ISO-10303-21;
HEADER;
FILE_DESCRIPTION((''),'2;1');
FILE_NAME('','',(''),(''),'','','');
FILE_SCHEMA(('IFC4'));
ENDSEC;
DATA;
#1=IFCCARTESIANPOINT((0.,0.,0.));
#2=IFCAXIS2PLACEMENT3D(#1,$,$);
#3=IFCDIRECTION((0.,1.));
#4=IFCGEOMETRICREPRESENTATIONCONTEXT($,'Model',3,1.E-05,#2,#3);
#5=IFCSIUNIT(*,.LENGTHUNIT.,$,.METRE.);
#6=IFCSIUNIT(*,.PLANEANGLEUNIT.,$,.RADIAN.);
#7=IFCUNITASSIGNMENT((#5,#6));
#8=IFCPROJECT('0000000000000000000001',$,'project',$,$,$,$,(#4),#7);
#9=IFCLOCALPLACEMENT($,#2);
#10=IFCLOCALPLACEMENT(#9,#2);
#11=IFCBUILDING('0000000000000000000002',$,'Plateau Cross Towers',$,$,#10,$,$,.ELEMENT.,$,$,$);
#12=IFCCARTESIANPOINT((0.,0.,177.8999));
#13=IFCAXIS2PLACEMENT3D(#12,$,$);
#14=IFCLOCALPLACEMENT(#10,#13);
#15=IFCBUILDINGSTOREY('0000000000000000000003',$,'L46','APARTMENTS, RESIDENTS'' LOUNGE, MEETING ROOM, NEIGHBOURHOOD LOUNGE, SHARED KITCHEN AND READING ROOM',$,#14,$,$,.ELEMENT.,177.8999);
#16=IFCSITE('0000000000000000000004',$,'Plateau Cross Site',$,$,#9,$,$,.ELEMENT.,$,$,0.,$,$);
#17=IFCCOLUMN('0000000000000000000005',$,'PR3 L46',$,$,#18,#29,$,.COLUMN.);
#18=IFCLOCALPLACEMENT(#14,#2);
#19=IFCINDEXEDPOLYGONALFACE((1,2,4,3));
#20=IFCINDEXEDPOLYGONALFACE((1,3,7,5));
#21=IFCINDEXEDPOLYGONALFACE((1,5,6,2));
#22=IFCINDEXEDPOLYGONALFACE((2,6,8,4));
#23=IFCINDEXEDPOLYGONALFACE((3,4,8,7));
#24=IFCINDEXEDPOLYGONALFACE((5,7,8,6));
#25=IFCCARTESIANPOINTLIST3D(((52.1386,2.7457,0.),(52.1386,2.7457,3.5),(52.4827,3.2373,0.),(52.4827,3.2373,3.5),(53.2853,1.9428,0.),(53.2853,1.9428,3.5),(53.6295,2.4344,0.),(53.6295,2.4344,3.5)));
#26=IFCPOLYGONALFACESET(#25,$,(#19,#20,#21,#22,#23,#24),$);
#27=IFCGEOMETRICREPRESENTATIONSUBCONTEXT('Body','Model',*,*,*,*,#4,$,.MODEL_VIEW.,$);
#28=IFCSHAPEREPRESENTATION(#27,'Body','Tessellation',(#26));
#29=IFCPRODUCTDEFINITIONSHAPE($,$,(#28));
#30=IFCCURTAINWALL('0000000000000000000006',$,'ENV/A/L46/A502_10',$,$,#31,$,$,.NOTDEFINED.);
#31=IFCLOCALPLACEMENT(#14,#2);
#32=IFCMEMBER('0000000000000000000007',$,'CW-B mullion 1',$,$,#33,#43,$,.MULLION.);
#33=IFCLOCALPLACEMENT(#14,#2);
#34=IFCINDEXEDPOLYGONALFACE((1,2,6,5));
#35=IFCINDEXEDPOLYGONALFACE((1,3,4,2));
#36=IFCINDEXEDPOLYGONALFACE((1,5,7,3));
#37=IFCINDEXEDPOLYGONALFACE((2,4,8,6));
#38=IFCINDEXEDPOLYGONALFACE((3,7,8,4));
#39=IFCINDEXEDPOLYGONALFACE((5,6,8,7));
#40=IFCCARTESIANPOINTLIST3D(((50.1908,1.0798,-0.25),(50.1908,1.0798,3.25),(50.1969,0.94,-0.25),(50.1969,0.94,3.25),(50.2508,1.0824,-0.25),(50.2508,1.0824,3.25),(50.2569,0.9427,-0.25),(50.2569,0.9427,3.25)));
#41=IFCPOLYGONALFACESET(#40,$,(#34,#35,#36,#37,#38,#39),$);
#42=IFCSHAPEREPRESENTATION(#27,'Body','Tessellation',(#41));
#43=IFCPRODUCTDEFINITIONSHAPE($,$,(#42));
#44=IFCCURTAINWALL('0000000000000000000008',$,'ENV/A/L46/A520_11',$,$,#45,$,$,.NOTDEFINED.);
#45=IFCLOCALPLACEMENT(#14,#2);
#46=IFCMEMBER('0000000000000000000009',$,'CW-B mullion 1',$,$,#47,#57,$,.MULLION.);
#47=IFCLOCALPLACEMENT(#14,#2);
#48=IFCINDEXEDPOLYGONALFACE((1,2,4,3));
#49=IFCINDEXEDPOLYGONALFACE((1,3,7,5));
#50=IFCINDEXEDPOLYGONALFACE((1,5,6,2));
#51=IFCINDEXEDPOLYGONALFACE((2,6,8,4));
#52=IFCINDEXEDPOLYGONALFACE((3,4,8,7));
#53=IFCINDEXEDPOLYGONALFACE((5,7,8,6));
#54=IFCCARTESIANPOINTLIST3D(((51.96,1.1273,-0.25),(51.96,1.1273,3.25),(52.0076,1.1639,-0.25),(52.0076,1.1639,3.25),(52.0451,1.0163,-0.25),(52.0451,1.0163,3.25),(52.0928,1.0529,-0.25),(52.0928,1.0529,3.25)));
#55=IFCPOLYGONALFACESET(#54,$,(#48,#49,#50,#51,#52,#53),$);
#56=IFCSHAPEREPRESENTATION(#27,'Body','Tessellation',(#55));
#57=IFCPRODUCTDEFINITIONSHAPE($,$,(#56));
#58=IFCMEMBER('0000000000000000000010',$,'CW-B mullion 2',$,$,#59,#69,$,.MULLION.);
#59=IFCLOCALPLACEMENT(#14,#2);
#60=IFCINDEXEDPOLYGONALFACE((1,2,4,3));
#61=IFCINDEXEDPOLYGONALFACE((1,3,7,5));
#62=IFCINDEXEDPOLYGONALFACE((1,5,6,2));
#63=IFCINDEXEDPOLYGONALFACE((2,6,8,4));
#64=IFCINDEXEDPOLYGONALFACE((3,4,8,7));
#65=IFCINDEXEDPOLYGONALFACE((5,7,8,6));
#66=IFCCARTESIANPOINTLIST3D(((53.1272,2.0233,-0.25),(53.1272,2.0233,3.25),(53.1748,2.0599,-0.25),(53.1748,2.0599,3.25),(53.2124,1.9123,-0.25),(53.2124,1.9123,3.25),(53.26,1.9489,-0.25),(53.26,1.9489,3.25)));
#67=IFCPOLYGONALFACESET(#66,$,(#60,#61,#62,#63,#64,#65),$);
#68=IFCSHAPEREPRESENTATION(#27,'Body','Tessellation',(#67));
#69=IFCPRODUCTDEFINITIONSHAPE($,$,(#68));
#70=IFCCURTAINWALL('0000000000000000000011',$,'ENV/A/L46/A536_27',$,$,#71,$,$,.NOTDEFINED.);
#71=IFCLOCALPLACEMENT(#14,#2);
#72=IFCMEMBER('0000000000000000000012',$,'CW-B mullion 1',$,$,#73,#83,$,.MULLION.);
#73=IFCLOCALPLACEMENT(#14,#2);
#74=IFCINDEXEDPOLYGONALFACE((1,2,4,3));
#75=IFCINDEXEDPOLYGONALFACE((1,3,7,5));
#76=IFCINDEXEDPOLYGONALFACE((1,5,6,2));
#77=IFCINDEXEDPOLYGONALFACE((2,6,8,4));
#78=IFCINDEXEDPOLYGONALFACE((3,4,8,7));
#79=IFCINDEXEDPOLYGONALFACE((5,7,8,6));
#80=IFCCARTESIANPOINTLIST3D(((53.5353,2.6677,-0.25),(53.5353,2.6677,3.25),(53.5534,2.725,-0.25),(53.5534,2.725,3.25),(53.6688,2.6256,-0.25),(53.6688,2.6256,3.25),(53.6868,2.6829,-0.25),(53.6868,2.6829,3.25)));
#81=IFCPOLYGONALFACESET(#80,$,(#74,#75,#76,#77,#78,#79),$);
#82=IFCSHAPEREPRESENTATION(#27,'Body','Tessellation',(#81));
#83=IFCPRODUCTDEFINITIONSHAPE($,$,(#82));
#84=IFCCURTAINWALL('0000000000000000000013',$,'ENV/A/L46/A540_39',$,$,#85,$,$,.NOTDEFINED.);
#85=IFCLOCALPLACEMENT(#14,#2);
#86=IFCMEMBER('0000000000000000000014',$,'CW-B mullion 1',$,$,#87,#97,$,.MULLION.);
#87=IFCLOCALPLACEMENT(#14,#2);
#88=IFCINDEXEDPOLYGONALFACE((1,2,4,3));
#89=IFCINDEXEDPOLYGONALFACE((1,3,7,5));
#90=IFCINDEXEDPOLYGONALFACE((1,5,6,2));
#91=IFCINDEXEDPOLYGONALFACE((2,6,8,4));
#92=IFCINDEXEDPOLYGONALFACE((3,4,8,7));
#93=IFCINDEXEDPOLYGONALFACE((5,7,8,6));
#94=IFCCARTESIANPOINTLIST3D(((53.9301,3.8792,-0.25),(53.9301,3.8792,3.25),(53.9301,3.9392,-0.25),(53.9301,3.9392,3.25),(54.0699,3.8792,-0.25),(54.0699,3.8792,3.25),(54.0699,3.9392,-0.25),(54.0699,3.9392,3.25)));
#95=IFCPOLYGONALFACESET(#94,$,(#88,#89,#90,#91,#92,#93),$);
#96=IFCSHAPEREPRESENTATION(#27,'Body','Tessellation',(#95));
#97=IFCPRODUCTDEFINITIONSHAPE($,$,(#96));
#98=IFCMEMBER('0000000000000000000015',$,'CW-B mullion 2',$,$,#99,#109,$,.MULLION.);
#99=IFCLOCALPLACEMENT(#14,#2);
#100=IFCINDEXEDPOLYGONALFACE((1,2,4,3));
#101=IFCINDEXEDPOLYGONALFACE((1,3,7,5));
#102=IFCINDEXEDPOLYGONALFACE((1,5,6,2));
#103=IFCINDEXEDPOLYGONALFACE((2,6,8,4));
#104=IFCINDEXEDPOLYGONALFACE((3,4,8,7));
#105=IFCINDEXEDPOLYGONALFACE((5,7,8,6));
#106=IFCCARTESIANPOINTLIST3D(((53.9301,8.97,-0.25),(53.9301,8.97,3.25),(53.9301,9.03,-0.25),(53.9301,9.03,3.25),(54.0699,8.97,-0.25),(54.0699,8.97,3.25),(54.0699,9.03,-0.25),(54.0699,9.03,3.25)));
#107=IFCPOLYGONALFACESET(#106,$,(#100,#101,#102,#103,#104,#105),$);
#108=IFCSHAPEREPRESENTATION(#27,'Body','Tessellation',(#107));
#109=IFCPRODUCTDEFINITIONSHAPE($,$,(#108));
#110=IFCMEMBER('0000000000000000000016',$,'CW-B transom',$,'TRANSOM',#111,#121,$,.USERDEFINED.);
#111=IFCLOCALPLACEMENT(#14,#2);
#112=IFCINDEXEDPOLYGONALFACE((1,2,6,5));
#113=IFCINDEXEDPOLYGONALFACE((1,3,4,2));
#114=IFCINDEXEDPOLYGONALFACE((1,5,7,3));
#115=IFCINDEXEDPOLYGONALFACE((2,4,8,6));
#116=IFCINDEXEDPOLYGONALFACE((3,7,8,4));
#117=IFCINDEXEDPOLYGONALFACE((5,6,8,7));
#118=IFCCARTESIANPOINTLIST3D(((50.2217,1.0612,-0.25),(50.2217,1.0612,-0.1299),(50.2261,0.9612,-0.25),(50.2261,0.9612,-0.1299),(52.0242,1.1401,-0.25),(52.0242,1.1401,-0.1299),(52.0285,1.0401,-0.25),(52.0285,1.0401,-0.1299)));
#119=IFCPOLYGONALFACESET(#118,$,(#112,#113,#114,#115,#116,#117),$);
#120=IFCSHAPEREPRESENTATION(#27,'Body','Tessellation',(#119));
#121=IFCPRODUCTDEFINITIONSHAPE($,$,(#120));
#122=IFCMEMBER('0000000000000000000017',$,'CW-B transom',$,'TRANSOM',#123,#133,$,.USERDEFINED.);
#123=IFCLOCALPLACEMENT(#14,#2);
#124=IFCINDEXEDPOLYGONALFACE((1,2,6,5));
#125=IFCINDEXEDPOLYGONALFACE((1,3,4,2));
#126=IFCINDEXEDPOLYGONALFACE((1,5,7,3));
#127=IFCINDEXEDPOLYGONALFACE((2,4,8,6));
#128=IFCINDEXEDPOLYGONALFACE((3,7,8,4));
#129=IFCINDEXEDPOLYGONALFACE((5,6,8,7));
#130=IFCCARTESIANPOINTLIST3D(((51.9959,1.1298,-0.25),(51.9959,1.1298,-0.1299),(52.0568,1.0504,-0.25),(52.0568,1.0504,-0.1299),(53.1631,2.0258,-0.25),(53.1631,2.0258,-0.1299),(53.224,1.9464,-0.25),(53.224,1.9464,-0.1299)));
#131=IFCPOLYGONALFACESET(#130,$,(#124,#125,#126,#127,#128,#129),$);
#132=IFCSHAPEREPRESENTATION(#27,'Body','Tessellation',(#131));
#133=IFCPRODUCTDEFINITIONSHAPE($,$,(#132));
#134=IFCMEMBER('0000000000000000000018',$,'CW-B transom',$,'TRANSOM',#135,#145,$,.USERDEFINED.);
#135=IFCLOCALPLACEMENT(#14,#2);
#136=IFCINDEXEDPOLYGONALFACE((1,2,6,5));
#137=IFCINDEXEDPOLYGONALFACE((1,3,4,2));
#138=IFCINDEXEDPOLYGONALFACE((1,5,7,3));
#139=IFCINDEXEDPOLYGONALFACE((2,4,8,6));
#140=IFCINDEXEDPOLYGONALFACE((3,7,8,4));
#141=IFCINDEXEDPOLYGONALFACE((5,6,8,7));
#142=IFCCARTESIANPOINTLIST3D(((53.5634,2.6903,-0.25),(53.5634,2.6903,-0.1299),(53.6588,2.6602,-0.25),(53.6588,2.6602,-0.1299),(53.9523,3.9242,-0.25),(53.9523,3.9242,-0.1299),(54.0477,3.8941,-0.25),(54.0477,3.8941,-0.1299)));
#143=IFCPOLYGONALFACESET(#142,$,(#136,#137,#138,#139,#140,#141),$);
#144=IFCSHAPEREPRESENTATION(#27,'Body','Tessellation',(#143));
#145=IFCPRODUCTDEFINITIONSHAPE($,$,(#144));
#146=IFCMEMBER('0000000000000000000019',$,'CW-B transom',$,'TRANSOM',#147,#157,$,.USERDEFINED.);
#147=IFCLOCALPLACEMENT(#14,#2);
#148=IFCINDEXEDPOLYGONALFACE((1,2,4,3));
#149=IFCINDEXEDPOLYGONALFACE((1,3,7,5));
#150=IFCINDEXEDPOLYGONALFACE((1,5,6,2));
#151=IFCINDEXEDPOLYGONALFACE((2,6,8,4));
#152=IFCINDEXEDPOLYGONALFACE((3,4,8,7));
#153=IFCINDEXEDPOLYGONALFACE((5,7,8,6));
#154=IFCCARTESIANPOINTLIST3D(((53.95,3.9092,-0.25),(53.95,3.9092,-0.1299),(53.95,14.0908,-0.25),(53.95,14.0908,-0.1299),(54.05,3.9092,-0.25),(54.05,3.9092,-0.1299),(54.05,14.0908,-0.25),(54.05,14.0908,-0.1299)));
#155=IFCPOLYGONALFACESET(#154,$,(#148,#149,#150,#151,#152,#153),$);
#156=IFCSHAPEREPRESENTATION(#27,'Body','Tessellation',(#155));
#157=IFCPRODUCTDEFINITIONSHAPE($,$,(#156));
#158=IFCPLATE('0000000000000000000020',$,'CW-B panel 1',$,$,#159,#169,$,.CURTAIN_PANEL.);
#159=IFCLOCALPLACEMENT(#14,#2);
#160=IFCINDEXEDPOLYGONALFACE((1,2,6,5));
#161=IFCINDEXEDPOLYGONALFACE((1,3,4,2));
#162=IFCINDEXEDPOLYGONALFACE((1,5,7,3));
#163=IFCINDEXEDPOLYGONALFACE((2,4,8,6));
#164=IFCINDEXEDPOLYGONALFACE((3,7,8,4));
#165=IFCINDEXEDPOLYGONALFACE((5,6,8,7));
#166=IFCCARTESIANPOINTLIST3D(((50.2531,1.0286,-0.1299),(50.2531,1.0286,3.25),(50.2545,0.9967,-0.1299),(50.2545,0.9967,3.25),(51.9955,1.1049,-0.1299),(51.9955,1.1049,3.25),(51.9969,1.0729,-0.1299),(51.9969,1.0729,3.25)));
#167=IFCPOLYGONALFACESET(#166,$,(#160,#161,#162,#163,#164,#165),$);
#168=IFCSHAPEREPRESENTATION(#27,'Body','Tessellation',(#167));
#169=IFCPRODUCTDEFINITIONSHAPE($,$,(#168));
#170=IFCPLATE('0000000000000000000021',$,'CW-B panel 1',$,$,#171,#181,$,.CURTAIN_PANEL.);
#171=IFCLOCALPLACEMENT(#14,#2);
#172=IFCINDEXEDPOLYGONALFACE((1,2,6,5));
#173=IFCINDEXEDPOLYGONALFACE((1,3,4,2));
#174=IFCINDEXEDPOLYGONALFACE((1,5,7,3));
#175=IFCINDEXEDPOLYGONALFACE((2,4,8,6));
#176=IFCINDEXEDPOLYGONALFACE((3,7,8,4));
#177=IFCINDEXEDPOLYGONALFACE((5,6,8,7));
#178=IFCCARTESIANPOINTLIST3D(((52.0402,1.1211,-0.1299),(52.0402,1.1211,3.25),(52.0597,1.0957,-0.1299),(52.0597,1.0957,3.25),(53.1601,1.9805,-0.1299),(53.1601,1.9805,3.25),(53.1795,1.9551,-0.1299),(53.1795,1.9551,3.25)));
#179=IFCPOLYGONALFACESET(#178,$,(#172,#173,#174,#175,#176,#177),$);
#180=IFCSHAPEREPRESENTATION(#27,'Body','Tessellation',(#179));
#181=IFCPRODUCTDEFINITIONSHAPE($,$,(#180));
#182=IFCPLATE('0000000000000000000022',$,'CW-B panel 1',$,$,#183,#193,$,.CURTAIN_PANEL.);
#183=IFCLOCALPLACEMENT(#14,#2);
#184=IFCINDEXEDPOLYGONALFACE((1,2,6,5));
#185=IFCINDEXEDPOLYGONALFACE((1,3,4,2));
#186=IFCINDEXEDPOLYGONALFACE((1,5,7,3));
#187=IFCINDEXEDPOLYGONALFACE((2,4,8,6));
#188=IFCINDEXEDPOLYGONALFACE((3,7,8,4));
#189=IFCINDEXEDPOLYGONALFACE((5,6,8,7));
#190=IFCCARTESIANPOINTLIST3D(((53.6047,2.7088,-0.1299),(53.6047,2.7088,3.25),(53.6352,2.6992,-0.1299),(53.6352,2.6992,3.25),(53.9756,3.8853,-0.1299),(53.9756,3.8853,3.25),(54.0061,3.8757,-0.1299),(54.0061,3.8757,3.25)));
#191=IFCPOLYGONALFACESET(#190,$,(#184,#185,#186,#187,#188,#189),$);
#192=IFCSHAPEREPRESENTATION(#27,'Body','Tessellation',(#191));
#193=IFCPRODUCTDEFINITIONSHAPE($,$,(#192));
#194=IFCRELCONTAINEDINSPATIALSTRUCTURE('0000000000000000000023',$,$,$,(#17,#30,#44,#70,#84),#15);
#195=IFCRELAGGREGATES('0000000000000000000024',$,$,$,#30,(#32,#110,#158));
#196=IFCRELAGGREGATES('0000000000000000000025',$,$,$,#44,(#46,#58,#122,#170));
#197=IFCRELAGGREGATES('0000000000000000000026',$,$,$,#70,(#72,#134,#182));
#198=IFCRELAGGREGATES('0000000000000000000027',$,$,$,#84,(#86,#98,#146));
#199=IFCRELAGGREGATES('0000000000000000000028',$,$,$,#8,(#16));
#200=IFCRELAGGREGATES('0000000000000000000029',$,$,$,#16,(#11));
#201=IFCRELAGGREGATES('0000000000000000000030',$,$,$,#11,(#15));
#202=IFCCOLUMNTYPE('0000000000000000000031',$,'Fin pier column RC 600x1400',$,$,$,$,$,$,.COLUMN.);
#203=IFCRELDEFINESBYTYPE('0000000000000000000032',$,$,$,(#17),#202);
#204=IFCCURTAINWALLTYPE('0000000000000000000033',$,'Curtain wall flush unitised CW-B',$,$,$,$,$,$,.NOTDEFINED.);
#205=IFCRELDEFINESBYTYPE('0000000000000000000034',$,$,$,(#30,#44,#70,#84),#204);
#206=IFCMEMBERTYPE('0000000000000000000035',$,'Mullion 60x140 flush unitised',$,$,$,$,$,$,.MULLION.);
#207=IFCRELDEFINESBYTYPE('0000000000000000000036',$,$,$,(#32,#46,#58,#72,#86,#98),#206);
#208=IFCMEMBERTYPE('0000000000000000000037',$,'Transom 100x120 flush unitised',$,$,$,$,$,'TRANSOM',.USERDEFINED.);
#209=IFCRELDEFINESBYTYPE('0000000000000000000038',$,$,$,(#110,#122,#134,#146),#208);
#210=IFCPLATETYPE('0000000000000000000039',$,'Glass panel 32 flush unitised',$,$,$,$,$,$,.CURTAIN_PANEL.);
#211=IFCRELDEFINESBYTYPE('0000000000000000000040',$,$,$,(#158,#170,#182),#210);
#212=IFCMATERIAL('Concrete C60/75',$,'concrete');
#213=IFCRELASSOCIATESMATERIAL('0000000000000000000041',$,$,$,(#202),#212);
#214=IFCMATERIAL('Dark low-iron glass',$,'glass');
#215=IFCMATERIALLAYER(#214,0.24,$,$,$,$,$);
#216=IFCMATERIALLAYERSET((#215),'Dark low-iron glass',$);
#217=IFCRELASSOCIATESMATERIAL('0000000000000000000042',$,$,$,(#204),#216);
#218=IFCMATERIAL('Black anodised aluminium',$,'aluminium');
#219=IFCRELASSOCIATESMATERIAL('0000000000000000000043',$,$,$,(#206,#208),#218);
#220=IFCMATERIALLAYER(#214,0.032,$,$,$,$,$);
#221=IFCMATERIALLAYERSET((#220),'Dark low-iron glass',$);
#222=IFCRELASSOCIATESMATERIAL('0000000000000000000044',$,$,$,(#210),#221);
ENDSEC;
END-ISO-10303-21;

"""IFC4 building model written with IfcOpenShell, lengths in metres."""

from ifc_helpers import new_model, si_unit, direction, frame, origin, origin_2d, place, context, subcontext, project, spatial, rectangle, extrude, material, layer, layer_set, material_profile, profile_set, type_object, element, aggregate, save


model = new_model("IFC4")

# Units and contexts
model_context = context("Model", 3, precision=1e-05, world=origin(), true_north=direction((0.0, 1.0)))
body_context = subcontext(model_context, "Body", "Model", "MODEL_VIEW")
ifc_project = project(units=[si_unit("LENGTHUNIT", "METRE"), si_unit("PLANEANGLEUNIT", "RADIAN")], contexts=[model_context])

# Site, building, storey
site_placement = place(None, origin())
site = spatial("IfcSite", under=ifc_project, at=site_placement, Name="Plateau Cross Site", CompositionType="ELEMENT", RefElevation=0.0)
building_placement = place(site_placement, origin())
building = spatial("IfcBuilding", under=site, at=building_placement, Name="Plateau Cross Towers", CompositionType="ELEMENT")
storey_placement = place(building_placement, frame((0.0, 0.0, 177.8999)))
storey = spatial("IfcBuildingStorey", under=building, at=storey_placement, Name="L46", Description="APARTMENTS, RESIDENTS' LOUNGE, MEETING ROOM, NEIGHBOURHOOD LOUNGE, SHARED KITCHEN AND READING ROOM", CompositionType="ELEMENT", Elevation=177.8999)

# Column
ifc_material_1 = material(Name="Concrete C60/75", Category="concrete")
ifc_material_profile_1 = material_profile(ifc_material_1, rectangle(XDim=0.6001, YDim=1.3999, at=origin_2d()), Name="RC 600x1400")
ifc_profile_set_1 = profile_set([ifc_material_profile_1], Name="Concrete C60/75")
column_type = type_object("IfcColumnType", Name="Fin pier column RC 600x1400", PredefinedType="COLUMN", material=ifc_profile_set_1)
column_placement = place(storey_placement, frame((52.884, 2.5901, 0.0), z_axis=(0.0, 0.0, 1.0), x_axis=(0.573543, 0.819176, 0.0)))
element("IfcColumn", 1, at=column_placement, inside=storey, type_object=column_type, Name="PR3 L46", PredefinedType="COLUMN", context=body_context, shape_type="SweptSolid", body=[
    extrude(rectangle(XDim=0.6001, YDim=1.3999, at=origin_2d()), origin(), (0.0, 0.0, 1.0), 3.5),
])

# Curtain wall, member
ifc_material_2 = material(Name="Dark low-iron glass", Category="glass")
ifc_layer_1 = layer(ifc_material_2, 0.24)
ifc_layer_set_1 = layer_set([ifc_layer_1], Name="Dark low-iron glass")
curtain_wall_type_1 = type_object("IfcCurtainWallType", Name="Curtain wall flush unitised CW-B", PredefinedType="NOTDEFINED", material=ifc_layer_set_1)
curtain_wall_1_placement = place(storey_placement, origin())
curtain_wall_1 = element("IfcCurtainWall", 2, at=curtain_wall_1_placement, inside=storey, type_object=curtain_wall_type_1, Name="ENV/A/L46/A502_10", PredefinedType="NOTDEFINED")
ifc_material_3 = material(Name="Black anodised aluminium", Category="aluminium")
ifc_material_profile_2 = material_profile(ifc_material_3, rectangle(XDim=0.0601, YDim=0.1399, at=origin_2d()), Name="MULLION 60x140")
ifc_profile_set_2 = profile_set([ifc_material_profile_2], Name="Black anodised aluminium")
member_type_1 = type_object("IfcMemberType", Name="Mullion 60x140 flush unitised", PredefinedType="MULLION", material=ifc_profile_set_2)
member_1_placement = place(storey_placement, frame((50.2239, 1.0112, -0.25), z_axis=(0.0, 0.0, 1.0), x_axis=(0.999044, 0.043723, 0.0)))
member_1 = element("IfcMember", 3, at=member_1_placement, type_object=member_type_1, Name="CW-B mullion 1", PredefinedType="MULLION", context=body_context, shape_type="SweptSolid", body=[
    extrude(rectangle(XDim=0.0601, YDim=0.1399, at=origin_2d()), origin(), (0.0, 0.0, 1.0), 3.5),
])

# Curtain wall, members
curtain_wall_2_placement = place(storey_placement, origin())
curtain_wall_2 = element("IfcCurtainWall", 4, at=curtain_wall_2_placement, inside=storey, type_object=curtain_wall_type_1, Name="ENV/A/L46/A520_11", PredefinedType="NOTDEFINED")
member_2_placement = place(storey_placement, frame((52.0264, 1.0901, -0.25), z_axis=(0.0, 0.0, 1.0), x_axis=(0.793316, 0.608811, 0.0)))
member_2 = element("IfcMember", 5, at=member_2_placement, type_object=member_type_1, Name="CW-B mullion 1", PredefinedType="MULLION", context=body_context, shape_type="SweptSolid", body=[
    extrude(rectangle(XDim=0.0601, YDim=0.1399, at=origin_2d()), origin(), (0.0, 0.0, 1.0), 3.5),
])
member_3_placement = place(storey_placement, frame((53.1936, 1.9861, -0.25), z_axis=(0.0, 0.0, 1.0), x_axis=(0.793316, 0.608811, 0.0)))
member_3 = element("IfcMember", 6, at=member_3_placement, type_object=member_type_1, Name="CW-B mullion 2", PredefinedType="MULLION", context=body_context, shape_type="SweptSolid", body=[
    extrude(rectangle(XDim=0.0601, YDim=0.1399, at=origin_2d()), origin(), (0.0, 0.0, 1.0), 3.5),
])

# Curtain wall, member
curtain_wall_3_placement = place(storey_placement, origin())
curtain_wall_3 = element("IfcCurtainWall", 7, at=curtain_wall_3_placement, inside=storey, type_object=curtain_wall_type_1, Name="ENV/A/L46/A536_27", PredefinedType="NOTDEFINED")
member_4_placement = place(storey_placement, frame((53.6111, 2.6753, -0.25), z_axis=(0.0, 0.0, 1.0), x_axis=(0.300686, 0.953723, 0.0)))
member_4 = element("IfcMember", 8, at=member_4_placement, type_object=member_type_1, Name="CW-B mullion 1", PredefinedType="MULLION", context=body_context, shape_type="SweptSolid", body=[
    extrude(rectangle(XDim=0.0601, YDim=0.1399, at=origin_2d()), origin(), (0.0, 0.0, 1.0), 3.5),
])

# Curtain wall, members
curtain_wall_4_placement = place(storey_placement, origin())
curtain_wall_4 = element("IfcCurtainWall", 9, at=curtain_wall_4_placement, inside=storey, type_object=curtain_wall_type_1, Name="ENV/A/L46/A540_39", PredefinedType="NOTDEFINED")
member_5_placement = place(storey_placement, frame((54.0, 3.9092, -0.25), z_axis=(0.0, 0.0, 1.0), x_axis=(0.0, 1.0, 0.0)))
member_5 = element("IfcMember", 10, at=member_5_placement, type_object=member_type_1, Name="CW-B mullion 1", PredefinedType="MULLION", context=body_context, shape_type="SweptSolid", body=[
    extrude(rectangle(XDim=0.0601, YDim=0.1399, at=origin_2d()), origin(), (0.0, 0.0, 1.0), 3.5),
])
member_6_placement = place(storey_placement, frame((54.0, 9.0, -0.25), z_axis=(0.0, 0.0, 1.0), x_axis=(0.0, 1.0, 0.0)))
member_6 = element("IfcMember", 11, at=member_6_placement, type_object=member_type_1, Name="CW-B mullion 2", PredefinedType="MULLION", context=body_context, shape_type="SweptSolid", body=[
    extrude(rectangle(XDim=0.0601, YDim=0.1399, at=origin_2d()), origin(), (0.0, 0.0, 1.0), 3.5),
])

# Members
ifc_material_profile_3 = material_profile(ifc_material_3, rectangle(XDim=0.1001, YDim=0.1201, at=origin_2d()), Name="TRANSOM 100x120")
ifc_profile_set_3 = profile_set([ifc_material_profile_3], Name="Black anodised aluminium")
member_type_2 = type_object("IfcMemberType", Name="Transom 100x120 flush unitised", ElementType="TRANSOM", PredefinedType="USERDEFINED", material=ifc_profile_set_3)
member_7_placement = place(storey_placement, frame((50.2239, 1.0112, -0.1899), z_axis=(0.999044, 0.043707, 0.0), x_axis=(-0.043707, 0.999044, 0.0)))
member_7 = element("IfcMember", 12, at=member_7_placement, type_object=member_type_2, Name="CW-B transom", ObjectType="TRANSOM", PredefinedType="USERDEFINED", context=body_context, shape_type="SweptSolid", body=[
    extrude(rectangle(XDim=0.1001, YDim=0.1201, at=origin_2d()), origin(), (0.0, 0.0, 1.0), 1.8042),
])
member_8_placement = place(storey_placement, frame((52.0264, 1.0901, -0.1899), z_axis=(0.79324, 0.608909, 0.0), x_axis=(-0.608909, 0.79324, 0.0)))
member_8 = element("IfcMember", 13, at=member_8_placement, type_object=member_type_2, Name="CW-B transom", ObjectType="TRANSOM", PredefinedType="USERDEFINED", context=body_context, shape_type="SweptSolid", body=[
    extrude(rectangle(XDim=0.1001, YDim=0.1201, at=origin_2d()), origin(), (0.0, 0.0, 1.0), 1.4714),
])
member_9_placement = place(storey_placement, frame((53.6111, 2.6753, -0.1899), z_axis=(0.300617, 0.953745, 0.0), x_axis=(-0.953745, 0.300617, 0.0)))
member_9 = element("IfcMember", 14, at=member_9_placement, type_object=member_type_2, Name="CW-B transom", ObjectType="TRANSOM", PredefinedType="USERDEFINED", context=body_context, shape_type="SweptSolid", body=[
    extrude(rectangle(XDim=0.1001, YDim=0.1201, at=origin_2d()), origin(), (0.0, 0.0, 1.0), 1.2937),
])
member_10_placement = place(storey_placement, frame((54.0, 3.9092, -0.1899), z_axis=(0.0, 1.0, 0.0), x_axis=(-1.0, 0.0, 0.0)))
member_10 = element("IfcMember", 15, at=member_10_placement, type_object=member_type_2, Name="CW-B transom", ObjectType="TRANSOM", PredefinedType="USERDEFINED", context=body_context, shape_type="SweptSolid", body=[
    extrude(rectangle(XDim=0.1001, YDim=0.1201, at=origin_2d()), origin(), (0.0, 0.0, 1.0), 10.1816),
])

# Plates
ifc_layer_2 = layer(ifc_material_2, 0.032)
ifc_layer_set_2 = layer_set([ifc_layer_2], Name="Dark low-iron glass")
plate_type_1 = type_object("IfcPlateType", Name="Glass panel 32 flush unitised", PredefinedType="CURTAIN_PANEL", material=ifc_layer_set_2)
plate_1_placement = place(storey_placement, frame((51.125, 1.0508, -0.1299), z_axis=(0.0, 0.0, 1.0), x_axis=(0.999044, 0.043723, 0.0)))
plate_1 = element("IfcPlate", 16, at=plate_1_placement, type_object=plate_type_1, Name="CW-B panel 1", PredefinedType="CURTAIN_PANEL", context=body_context, shape_type="SweptSolid", body=[
    extrude(rectangle(XDim=1.7441, YDim=0.032, at=origin_2d()), origin(), (0.0, 0.0, 1.0), 3.3799),
])
aggregate(curtain_wall_1, [member_1, member_7, plate_1])
plate_2_placement = place(storey_placement, frame((52.6099, 1.5381, -0.1299), z_axis=(0.0, 0.0, 1.0), x_axis=(0.793316, 0.608811, 0.0)))
plate_2 = element("IfcPlate", 17, at=plate_2_placement, type_object=plate_type_1, Name="CW-B panel 1", PredefinedType="CURTAIN_PANEL", context=body_context, shape_type="SweptSolid", body=[
    extrude(rectangle(XDim=1.4116, YDim=0.032, at=origin_2d()), origin(), (0.0, 0.0, 1.0), 3.3799),
])
aggregate(curtain_wall_2, [member_2, member_3, member_8, plate_2])
plate_3_placement = place(storey_placement, frame((53.8054, 3.2922, -0.1299), z_axis=(0.0, 0.0, 1.0), x_axis=(0.300686, 0.953723, 0.0)))
plate_3 = element("IfcPlate", 18, at=plate_3_placement, type_object=plate_type_1, Name="CW-B panel 1", PredefinedType="CURTAIN_PANEL", context=body_context, shape_type="SweptSolid", body=[
    extrude(rectangle(XDim=1.2336, YDim=0.032, at=origin_2d()), origin(), (0.0, 0.0, 1.0), 3.3799),
])
aggregate(curtain_wall_3, [member_4, member_9, plate_3])
aggregate(curtain_wall_4, [member_5, member_6, member_10])

save(model, "model.ifc")
